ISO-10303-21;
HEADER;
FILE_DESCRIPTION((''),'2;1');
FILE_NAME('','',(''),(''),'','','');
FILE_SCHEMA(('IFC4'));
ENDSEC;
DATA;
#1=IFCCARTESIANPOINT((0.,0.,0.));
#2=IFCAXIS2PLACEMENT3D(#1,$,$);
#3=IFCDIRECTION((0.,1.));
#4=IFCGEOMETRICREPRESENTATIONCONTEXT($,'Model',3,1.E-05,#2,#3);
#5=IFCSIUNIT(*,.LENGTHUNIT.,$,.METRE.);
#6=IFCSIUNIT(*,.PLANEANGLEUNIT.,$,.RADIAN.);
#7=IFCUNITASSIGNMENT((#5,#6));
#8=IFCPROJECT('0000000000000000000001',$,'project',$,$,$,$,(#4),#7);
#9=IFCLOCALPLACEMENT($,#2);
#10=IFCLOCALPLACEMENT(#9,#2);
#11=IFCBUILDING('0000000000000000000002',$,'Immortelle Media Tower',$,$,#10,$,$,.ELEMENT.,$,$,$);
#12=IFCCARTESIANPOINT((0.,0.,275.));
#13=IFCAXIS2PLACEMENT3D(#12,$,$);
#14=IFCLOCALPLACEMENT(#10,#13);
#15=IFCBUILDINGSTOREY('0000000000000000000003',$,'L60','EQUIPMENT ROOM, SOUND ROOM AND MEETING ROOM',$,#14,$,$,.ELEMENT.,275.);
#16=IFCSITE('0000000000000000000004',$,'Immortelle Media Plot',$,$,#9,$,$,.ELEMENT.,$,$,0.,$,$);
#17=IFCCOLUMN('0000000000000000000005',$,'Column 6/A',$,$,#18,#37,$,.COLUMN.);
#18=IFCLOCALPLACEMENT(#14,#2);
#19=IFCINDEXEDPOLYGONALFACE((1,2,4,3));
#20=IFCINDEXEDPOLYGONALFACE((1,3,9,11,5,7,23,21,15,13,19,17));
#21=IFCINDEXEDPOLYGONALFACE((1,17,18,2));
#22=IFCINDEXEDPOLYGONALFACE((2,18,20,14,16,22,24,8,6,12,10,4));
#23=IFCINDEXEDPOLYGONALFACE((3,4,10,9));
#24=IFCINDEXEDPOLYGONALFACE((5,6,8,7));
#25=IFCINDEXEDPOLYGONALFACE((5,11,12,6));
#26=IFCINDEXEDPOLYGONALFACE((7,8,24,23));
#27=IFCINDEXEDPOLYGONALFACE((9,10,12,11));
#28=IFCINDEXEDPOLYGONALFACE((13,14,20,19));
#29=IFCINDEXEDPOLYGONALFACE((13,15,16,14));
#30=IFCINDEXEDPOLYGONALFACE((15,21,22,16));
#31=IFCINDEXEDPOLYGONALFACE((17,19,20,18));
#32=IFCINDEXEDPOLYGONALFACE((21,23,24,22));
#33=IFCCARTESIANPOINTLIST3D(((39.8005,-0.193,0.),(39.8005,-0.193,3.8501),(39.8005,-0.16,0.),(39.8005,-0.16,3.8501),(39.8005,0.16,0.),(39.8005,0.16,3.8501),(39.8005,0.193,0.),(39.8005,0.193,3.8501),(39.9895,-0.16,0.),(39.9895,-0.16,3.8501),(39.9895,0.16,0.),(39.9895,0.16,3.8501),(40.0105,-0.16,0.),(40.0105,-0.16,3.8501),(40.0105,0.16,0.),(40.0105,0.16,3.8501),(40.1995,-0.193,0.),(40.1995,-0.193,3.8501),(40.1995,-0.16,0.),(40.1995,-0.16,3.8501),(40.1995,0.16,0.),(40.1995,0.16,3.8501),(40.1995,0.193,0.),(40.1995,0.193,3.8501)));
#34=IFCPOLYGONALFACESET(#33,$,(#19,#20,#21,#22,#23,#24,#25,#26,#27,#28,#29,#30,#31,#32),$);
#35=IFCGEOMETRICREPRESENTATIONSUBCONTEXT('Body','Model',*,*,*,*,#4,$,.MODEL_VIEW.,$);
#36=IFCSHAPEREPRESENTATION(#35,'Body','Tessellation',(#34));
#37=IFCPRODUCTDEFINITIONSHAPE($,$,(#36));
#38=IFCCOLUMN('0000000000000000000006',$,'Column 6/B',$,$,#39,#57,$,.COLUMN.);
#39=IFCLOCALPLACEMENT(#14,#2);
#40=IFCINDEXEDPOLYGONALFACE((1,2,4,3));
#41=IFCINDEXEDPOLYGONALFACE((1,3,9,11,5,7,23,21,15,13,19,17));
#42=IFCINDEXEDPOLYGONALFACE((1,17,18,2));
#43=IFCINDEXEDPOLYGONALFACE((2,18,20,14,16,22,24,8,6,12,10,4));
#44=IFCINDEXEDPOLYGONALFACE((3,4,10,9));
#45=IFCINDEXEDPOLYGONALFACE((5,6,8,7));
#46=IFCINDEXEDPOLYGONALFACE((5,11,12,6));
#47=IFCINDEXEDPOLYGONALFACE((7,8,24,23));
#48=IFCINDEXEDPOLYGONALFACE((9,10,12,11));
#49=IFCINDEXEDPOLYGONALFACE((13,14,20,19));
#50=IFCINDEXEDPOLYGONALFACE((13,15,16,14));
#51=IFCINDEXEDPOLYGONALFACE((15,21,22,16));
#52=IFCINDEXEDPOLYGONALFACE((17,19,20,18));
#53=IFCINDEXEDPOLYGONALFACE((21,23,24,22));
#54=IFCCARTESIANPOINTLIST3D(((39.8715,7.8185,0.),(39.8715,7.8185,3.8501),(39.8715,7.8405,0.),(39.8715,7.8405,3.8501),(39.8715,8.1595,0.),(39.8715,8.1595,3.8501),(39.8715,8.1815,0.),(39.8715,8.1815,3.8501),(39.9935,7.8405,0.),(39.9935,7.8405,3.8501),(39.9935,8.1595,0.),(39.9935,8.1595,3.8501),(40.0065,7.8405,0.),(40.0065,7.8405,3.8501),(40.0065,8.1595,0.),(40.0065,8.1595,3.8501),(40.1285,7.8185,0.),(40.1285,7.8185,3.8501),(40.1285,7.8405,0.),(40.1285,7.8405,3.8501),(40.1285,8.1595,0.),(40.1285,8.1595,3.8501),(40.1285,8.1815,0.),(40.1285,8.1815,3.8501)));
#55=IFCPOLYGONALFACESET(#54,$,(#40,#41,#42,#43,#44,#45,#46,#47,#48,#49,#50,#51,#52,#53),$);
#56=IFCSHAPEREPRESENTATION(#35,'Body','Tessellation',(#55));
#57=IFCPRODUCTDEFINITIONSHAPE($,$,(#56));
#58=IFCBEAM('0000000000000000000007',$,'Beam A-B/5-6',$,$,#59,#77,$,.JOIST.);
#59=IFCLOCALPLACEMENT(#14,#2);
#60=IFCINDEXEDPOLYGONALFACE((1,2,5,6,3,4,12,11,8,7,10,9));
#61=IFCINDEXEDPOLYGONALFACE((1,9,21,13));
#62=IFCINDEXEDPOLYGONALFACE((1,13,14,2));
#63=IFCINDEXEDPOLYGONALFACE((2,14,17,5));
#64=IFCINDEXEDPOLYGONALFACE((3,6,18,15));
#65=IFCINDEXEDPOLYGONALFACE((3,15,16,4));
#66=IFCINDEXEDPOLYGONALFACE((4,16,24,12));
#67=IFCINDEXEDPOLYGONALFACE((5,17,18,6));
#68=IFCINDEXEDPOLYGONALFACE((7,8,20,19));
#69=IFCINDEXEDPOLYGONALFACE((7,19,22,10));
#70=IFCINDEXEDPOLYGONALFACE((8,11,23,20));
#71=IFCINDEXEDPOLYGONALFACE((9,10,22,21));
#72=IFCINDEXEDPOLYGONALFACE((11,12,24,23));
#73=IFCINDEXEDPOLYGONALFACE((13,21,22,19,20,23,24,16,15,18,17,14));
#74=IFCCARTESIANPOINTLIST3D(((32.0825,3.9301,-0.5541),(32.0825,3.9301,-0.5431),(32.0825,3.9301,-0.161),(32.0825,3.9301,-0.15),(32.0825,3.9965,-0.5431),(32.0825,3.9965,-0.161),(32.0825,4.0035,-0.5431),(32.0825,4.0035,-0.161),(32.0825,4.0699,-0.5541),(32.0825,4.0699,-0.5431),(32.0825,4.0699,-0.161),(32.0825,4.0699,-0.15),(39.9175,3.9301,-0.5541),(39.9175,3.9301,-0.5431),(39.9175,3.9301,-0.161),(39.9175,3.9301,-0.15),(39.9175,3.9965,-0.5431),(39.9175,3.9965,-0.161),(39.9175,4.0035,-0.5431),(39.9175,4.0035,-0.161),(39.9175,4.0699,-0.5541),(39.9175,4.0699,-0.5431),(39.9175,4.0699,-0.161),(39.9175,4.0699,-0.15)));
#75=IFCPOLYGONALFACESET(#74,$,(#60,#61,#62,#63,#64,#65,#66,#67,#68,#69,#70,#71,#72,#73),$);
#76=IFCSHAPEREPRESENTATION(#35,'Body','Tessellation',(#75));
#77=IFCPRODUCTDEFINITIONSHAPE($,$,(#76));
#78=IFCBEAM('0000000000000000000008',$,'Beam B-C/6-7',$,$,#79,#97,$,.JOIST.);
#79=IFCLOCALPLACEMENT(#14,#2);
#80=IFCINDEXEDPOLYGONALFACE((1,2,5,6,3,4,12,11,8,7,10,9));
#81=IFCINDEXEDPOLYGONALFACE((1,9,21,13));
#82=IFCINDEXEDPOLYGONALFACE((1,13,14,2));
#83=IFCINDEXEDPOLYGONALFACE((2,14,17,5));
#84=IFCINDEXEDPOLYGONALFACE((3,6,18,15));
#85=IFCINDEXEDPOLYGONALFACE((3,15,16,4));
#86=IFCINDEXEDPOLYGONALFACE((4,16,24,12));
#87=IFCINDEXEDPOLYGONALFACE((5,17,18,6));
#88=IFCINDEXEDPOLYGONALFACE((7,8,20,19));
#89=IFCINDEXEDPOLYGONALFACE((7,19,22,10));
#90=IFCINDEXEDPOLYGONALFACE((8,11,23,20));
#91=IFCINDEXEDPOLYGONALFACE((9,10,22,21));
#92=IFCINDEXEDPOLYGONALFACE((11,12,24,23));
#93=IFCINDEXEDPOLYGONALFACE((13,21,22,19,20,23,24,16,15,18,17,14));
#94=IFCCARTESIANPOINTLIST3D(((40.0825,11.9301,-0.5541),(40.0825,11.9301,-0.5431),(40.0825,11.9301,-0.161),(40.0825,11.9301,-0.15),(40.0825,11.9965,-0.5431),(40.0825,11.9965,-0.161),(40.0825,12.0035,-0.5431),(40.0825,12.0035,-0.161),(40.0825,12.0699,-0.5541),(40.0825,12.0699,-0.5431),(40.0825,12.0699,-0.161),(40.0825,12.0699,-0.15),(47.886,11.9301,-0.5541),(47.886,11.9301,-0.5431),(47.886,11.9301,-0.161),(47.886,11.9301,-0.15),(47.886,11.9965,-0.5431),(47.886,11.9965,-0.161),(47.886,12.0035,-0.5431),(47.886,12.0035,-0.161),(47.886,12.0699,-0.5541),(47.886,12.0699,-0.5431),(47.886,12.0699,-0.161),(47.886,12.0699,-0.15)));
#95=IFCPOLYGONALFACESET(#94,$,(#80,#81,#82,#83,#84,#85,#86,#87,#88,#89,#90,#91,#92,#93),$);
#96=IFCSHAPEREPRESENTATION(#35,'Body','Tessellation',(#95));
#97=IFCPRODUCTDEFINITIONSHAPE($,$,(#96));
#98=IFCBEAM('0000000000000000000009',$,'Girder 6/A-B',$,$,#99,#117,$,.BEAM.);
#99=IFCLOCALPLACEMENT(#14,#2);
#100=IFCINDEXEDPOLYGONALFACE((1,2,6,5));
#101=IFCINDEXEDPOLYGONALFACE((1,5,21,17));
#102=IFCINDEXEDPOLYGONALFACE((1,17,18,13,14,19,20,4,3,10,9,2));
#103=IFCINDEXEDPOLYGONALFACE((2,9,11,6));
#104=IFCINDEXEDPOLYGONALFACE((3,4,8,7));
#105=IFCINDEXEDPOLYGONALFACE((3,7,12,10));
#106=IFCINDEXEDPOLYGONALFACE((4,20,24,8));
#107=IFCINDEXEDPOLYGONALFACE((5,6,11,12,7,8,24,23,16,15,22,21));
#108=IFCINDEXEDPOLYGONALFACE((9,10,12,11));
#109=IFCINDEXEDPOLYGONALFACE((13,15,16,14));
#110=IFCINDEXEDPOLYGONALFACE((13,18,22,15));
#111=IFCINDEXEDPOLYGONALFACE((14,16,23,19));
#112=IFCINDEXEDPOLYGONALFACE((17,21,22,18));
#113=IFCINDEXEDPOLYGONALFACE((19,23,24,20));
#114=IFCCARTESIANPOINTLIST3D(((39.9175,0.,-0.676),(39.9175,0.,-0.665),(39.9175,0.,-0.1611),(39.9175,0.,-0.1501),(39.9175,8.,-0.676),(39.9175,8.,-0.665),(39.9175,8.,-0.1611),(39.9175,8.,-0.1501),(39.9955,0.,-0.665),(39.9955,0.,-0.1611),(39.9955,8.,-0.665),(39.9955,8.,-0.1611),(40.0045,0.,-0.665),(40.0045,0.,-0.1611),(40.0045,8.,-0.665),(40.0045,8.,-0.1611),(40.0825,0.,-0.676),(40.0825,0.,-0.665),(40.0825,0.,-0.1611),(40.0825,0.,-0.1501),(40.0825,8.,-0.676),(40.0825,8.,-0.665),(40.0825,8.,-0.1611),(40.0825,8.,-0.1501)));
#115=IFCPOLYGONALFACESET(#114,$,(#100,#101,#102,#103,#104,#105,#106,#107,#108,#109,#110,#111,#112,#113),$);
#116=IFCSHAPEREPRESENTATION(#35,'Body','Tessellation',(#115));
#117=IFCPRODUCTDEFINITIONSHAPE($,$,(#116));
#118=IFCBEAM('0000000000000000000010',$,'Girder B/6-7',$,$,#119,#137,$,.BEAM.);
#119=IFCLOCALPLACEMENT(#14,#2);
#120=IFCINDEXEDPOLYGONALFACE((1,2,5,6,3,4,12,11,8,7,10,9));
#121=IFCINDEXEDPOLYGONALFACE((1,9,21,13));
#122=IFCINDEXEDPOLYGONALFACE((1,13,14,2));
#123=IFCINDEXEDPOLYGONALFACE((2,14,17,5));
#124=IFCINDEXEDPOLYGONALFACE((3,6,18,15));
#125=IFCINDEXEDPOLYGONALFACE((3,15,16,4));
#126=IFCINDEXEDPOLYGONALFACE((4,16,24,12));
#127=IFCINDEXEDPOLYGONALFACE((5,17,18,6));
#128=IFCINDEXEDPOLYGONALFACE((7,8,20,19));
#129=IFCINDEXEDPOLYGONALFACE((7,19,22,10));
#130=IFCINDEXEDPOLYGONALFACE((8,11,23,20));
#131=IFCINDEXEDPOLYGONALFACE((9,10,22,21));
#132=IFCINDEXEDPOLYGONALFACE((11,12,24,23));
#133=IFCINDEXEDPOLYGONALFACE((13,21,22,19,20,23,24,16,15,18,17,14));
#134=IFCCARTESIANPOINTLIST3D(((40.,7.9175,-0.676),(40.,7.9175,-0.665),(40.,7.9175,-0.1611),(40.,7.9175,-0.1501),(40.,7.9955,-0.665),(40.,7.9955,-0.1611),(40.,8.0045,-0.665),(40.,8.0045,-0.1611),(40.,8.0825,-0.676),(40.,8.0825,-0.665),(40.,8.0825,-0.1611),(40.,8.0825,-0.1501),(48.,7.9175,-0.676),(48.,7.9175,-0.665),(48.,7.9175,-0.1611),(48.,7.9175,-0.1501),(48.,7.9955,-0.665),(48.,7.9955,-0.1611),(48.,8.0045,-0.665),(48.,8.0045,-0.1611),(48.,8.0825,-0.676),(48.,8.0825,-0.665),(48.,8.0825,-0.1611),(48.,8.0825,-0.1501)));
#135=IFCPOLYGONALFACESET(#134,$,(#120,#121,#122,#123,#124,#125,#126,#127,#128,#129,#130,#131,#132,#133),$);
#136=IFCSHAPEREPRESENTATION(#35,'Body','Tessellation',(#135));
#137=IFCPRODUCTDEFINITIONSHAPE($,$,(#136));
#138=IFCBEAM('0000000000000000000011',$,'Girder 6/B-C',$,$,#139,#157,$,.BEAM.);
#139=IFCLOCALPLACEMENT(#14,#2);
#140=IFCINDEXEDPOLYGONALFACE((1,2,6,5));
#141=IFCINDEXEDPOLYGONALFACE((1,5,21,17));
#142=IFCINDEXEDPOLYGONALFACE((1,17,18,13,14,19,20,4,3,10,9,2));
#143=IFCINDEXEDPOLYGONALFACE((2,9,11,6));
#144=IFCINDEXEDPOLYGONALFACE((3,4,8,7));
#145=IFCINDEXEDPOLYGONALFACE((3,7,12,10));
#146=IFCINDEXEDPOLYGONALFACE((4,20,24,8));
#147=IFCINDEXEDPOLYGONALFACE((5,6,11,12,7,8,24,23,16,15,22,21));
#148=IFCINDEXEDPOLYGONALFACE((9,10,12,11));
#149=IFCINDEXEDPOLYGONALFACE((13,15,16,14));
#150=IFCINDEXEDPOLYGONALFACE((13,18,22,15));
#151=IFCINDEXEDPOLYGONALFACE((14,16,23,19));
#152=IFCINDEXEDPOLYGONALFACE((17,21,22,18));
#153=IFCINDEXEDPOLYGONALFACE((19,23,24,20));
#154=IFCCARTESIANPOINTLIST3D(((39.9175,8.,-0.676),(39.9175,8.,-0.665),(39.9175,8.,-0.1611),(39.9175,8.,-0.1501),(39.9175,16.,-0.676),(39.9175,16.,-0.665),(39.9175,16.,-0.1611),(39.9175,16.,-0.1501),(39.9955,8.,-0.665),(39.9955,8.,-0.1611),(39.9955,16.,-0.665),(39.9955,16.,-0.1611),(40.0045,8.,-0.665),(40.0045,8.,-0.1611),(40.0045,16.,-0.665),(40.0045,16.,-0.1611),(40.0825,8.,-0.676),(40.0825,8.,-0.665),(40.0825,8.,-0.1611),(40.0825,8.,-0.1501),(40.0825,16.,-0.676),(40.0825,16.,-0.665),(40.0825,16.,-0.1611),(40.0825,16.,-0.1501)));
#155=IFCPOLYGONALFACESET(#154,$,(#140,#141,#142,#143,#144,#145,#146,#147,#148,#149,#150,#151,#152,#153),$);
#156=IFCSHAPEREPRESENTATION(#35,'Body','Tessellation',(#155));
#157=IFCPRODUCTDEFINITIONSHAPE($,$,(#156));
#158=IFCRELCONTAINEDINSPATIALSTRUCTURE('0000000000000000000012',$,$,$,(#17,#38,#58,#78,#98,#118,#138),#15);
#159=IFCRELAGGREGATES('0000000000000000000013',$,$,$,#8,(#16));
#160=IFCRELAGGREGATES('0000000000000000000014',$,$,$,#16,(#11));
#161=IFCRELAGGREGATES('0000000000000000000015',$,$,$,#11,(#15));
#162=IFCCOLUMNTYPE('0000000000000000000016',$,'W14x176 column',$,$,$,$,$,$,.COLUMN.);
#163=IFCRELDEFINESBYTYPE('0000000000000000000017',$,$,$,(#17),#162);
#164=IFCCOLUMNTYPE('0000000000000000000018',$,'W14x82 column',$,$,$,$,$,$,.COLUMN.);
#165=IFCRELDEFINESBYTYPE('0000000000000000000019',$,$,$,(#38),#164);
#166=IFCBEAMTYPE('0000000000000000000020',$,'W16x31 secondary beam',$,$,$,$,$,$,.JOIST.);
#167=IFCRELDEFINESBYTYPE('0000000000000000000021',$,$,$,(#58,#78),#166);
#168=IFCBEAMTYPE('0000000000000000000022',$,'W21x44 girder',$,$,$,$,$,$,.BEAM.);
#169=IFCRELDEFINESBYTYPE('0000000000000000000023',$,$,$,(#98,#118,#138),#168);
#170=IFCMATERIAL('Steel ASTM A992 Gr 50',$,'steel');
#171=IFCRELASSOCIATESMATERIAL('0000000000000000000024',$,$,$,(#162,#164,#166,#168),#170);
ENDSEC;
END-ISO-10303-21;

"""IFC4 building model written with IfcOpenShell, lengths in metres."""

from ifc_helpers import new_model, si_unit, direction, frame, origin, origin_2d, place, context, subcontext, project, spatial, i_section, extrude, material, material_profile, profile_set, type_object, element, save


model = new_model("IFC4")

# Units and contexts
model_context = context("Model", 3, precision=1e-05, world=origin(), true_north=direction((0.0, 1.0)))
body_context = subcontext(model_context, "Body", "Model", "MODEL_VIEW")
ifc_project = project(units=[si_unit("LENGTHUNIT", "METRE"), si_unit("PLANEANGLEUNIT", "RADIAN")], contexts=[model_context])

# Site, building, storey
site_placement = place(None, origin())
site = spatial("IfcSite", under=ifc_project, at=site_placement, Name="Immortelle Media Plot", CompositionType="ELEMENT", RefElevation=0.0)
building_placement = place(site_placement, origin())
building = spatial("IfcBuilding", under=site, at=building_placement, Name="Immortelle Media Tower", CompositionType="ELEMENT")
storey_placement = place(building_placement, frame((0.0, 0.0, 275.0)))
storey = spatial("IfcBuildingStorey", under=building, at=storey_placement, Name="L60", Description="EQUIPMENT ROOM, SOUND ROOM AND MEETING ROOM", CompositionType="ELEMENT", Elevation=275.0)

# Columns
ifc_material_1 = material(Name="Steel ASTM A992 Gr 50", Category="steel")
ifc_material_profile_1 = material_profile(ifc_material_1, i_section(OverallWidth=0.3989, OverallDepth=0.386, WebThickness=0.021, FlangeThickness=0.033, at=origin_2d()), Name="W14x176")
ifc_profile_set_1 = profile_set([ifc_material_profile_1], Name="Steel ASTM A992 Gr 50")
column_type_1 = type_object("IfcColumnType", Name="W14x176 column", PredefinedType="COLUMN", material=ifc_profile_set_1)
column_1_placement = place(storey_placement, frame((40.0, 0.0, 0.0), z_axis=(0.0, 0.0, 1.0), x_axis=(1.0, 0.0, 0.0)))
element("IfcColumn", 1, at=column_1_placement, inside=storey, type_object=column_type_1, Name="Column 6/A", PredefinedType="COLUMN", context=body_context, shape_type="SweptSolid", body=[
    extrude(i_section(OverallWidth=0.3989, OverallDepth=0.386, WebThickness=0.021, FlangeThickness=0.033, at=origin_2d()), origin(), (0.0, 0.0, 1.0), 3.8501),
])
ifc_material_profile_2 = material_profile(ifc_material_1, i_section(OverallWidth=0.2571, OverallDepth=0.363, WebThickness=0.0129, FlangeThickness=0.022, at=origin_2d()), Name="W14x82")
ifc_profile_set_2 = profile_set([ifc_material_profile_2], Name="Steel ASTM A992 Gr 50")
column_type_2 = type_object("IfcColumnType", Name="W14x82 column", PredefinedType="COLUMN", material=ifc_profile_set_2)
column_2_placement = place(storey_placement, frame((40.0, 8.0, 0.0), z_axis=(0.0, 0.0, 1.0), x_axis=(1.0, 0.0, 0.0)))
element("IfcColumn", 2, at=column_2_placement, inside=storey, type_object=column_type_2, Name="Column 6/B", PredefinedType="COLUMN", context=body_context, shape_type="SweptSolid", body=[
    extrude(i_section(OverallWidth=0.2571, OverallDepth=0.363, WebThickness=0.0129, FlangeThickness=0.022, at=origin_2d()), origin(), (0.0, 0.0, 1.0), 3.8501),
])

# Beams
ifc_material_profile_3 = material_profile(ifc_material_1, i_section(OverallWidth=0.1399, OverallDepth=0.4041, WebThickness=0.0071, FlangeThickness=0.011, at=origin_2d()), Name="W16x31")
ifc_profile_set_3 = profile_set([ifc_material_profile_3], Name="Steel ASTM A992 Gr 50")
beam_type_1 = type_object("IfcBeamType", Name="W16x31 secondary beam", PredefinedType="JOIST", material=ifc_profile_set_3)
beam_1_placement = place(storey_placement, frame((32.0825, 4.0, -0.3521), z_axis=(1.0, 0.0, 0.0), x_axis=(0.0, 1.0, 0.0)))
element("IfcBeam", 3, at=beam_1_placement, inside=storey, type_object=beam_type_1, Name="Beam A-B/5-6", PredefinedType="JOIST", context=body_context, shape_type="SweptSolid", body=[
    extrude(i_section(OverallWidth=0.1399, OverallDepth=0.4041, WebThickness=0.0071, FlangeThickness=0.011, at=origin_2d()), origin(), (0.0, 0.0, 1.0), 7.835),
])
beam_2_placement = place(storey_placement, frame((40.0825, 12.0, -0.3521), z_axis=(1.0, 0.0, 0.0), x_axis=(0.0, 1.0, 0.0)))
element("IfcBeam", 4, at=beam_2_placement, inside=storey, type_object=beam_type_1, Name="Beam B-C/6-7", PredefinedType="JOIST", context=body_context, shape_type="SweptSolid", body=[
    extrude(i_section(OverallWidth=0.1399, OverallDepth=0.4041, WebThickness=0.0071, FlangeThickness=0.011, at=origin_2d()), origin(), (0.0, 0.0, 1.0), 7.8035),
])
ifc_material_profile_4 = material_profile(ifc_material_1, i_section(OverallWidth=0.165, OverallDepth=0.5259, WebThickness=0.009, FlangeThickness=0.011, at=origin_2d()), Name="W21x44")
ifc_profile_set_4 = profile_set([ifc_material_profile_4], Name="Steel ASTM A992 Gr 50")
beam_type_2 = type_object("IfcBeamType", Name="W21x44 girder", PredefinedType="BEAM", material=ifc_profile_set_4)
for number, where, z_axis, x_axis, name in (
    (5, (40.0, 0.0, -0.4131), (0.0, 1.0, 0.0), (-1.0, 0.0, 0.0), "Girder 6/A-B"),
    (6, (40.0, 8.0, -0.4131), (1.0, 0.0, 0.0), (0.0, 1.0, 0.0), "Girder B/6-7"),
    (7, (40.0, 8.0, -0.4131), (0.0, 1.0, 0.0), (-1.0, 0.0, 0.0), "Girder 6/B-C"),
):
    element("IfcBeam", number, at=place(storey_placement, frame(where, z_axis=z_axis, x_axis=x_axis)), inside=storey, type_object=beam_type_2, Name=name, PredefinedType="BEAM", context=body_context, shape_type="SweptSolid", body=[
        extrude(i_section(OverallWidth=0.165, OverallDepth=0.5259, WebThickness=0.009, FlangeThickness=0.011, at=origin_2d()), origin(), (0.0, 0.0, 1.0), 8.0),
    ])

save(model, "model.ifc")
